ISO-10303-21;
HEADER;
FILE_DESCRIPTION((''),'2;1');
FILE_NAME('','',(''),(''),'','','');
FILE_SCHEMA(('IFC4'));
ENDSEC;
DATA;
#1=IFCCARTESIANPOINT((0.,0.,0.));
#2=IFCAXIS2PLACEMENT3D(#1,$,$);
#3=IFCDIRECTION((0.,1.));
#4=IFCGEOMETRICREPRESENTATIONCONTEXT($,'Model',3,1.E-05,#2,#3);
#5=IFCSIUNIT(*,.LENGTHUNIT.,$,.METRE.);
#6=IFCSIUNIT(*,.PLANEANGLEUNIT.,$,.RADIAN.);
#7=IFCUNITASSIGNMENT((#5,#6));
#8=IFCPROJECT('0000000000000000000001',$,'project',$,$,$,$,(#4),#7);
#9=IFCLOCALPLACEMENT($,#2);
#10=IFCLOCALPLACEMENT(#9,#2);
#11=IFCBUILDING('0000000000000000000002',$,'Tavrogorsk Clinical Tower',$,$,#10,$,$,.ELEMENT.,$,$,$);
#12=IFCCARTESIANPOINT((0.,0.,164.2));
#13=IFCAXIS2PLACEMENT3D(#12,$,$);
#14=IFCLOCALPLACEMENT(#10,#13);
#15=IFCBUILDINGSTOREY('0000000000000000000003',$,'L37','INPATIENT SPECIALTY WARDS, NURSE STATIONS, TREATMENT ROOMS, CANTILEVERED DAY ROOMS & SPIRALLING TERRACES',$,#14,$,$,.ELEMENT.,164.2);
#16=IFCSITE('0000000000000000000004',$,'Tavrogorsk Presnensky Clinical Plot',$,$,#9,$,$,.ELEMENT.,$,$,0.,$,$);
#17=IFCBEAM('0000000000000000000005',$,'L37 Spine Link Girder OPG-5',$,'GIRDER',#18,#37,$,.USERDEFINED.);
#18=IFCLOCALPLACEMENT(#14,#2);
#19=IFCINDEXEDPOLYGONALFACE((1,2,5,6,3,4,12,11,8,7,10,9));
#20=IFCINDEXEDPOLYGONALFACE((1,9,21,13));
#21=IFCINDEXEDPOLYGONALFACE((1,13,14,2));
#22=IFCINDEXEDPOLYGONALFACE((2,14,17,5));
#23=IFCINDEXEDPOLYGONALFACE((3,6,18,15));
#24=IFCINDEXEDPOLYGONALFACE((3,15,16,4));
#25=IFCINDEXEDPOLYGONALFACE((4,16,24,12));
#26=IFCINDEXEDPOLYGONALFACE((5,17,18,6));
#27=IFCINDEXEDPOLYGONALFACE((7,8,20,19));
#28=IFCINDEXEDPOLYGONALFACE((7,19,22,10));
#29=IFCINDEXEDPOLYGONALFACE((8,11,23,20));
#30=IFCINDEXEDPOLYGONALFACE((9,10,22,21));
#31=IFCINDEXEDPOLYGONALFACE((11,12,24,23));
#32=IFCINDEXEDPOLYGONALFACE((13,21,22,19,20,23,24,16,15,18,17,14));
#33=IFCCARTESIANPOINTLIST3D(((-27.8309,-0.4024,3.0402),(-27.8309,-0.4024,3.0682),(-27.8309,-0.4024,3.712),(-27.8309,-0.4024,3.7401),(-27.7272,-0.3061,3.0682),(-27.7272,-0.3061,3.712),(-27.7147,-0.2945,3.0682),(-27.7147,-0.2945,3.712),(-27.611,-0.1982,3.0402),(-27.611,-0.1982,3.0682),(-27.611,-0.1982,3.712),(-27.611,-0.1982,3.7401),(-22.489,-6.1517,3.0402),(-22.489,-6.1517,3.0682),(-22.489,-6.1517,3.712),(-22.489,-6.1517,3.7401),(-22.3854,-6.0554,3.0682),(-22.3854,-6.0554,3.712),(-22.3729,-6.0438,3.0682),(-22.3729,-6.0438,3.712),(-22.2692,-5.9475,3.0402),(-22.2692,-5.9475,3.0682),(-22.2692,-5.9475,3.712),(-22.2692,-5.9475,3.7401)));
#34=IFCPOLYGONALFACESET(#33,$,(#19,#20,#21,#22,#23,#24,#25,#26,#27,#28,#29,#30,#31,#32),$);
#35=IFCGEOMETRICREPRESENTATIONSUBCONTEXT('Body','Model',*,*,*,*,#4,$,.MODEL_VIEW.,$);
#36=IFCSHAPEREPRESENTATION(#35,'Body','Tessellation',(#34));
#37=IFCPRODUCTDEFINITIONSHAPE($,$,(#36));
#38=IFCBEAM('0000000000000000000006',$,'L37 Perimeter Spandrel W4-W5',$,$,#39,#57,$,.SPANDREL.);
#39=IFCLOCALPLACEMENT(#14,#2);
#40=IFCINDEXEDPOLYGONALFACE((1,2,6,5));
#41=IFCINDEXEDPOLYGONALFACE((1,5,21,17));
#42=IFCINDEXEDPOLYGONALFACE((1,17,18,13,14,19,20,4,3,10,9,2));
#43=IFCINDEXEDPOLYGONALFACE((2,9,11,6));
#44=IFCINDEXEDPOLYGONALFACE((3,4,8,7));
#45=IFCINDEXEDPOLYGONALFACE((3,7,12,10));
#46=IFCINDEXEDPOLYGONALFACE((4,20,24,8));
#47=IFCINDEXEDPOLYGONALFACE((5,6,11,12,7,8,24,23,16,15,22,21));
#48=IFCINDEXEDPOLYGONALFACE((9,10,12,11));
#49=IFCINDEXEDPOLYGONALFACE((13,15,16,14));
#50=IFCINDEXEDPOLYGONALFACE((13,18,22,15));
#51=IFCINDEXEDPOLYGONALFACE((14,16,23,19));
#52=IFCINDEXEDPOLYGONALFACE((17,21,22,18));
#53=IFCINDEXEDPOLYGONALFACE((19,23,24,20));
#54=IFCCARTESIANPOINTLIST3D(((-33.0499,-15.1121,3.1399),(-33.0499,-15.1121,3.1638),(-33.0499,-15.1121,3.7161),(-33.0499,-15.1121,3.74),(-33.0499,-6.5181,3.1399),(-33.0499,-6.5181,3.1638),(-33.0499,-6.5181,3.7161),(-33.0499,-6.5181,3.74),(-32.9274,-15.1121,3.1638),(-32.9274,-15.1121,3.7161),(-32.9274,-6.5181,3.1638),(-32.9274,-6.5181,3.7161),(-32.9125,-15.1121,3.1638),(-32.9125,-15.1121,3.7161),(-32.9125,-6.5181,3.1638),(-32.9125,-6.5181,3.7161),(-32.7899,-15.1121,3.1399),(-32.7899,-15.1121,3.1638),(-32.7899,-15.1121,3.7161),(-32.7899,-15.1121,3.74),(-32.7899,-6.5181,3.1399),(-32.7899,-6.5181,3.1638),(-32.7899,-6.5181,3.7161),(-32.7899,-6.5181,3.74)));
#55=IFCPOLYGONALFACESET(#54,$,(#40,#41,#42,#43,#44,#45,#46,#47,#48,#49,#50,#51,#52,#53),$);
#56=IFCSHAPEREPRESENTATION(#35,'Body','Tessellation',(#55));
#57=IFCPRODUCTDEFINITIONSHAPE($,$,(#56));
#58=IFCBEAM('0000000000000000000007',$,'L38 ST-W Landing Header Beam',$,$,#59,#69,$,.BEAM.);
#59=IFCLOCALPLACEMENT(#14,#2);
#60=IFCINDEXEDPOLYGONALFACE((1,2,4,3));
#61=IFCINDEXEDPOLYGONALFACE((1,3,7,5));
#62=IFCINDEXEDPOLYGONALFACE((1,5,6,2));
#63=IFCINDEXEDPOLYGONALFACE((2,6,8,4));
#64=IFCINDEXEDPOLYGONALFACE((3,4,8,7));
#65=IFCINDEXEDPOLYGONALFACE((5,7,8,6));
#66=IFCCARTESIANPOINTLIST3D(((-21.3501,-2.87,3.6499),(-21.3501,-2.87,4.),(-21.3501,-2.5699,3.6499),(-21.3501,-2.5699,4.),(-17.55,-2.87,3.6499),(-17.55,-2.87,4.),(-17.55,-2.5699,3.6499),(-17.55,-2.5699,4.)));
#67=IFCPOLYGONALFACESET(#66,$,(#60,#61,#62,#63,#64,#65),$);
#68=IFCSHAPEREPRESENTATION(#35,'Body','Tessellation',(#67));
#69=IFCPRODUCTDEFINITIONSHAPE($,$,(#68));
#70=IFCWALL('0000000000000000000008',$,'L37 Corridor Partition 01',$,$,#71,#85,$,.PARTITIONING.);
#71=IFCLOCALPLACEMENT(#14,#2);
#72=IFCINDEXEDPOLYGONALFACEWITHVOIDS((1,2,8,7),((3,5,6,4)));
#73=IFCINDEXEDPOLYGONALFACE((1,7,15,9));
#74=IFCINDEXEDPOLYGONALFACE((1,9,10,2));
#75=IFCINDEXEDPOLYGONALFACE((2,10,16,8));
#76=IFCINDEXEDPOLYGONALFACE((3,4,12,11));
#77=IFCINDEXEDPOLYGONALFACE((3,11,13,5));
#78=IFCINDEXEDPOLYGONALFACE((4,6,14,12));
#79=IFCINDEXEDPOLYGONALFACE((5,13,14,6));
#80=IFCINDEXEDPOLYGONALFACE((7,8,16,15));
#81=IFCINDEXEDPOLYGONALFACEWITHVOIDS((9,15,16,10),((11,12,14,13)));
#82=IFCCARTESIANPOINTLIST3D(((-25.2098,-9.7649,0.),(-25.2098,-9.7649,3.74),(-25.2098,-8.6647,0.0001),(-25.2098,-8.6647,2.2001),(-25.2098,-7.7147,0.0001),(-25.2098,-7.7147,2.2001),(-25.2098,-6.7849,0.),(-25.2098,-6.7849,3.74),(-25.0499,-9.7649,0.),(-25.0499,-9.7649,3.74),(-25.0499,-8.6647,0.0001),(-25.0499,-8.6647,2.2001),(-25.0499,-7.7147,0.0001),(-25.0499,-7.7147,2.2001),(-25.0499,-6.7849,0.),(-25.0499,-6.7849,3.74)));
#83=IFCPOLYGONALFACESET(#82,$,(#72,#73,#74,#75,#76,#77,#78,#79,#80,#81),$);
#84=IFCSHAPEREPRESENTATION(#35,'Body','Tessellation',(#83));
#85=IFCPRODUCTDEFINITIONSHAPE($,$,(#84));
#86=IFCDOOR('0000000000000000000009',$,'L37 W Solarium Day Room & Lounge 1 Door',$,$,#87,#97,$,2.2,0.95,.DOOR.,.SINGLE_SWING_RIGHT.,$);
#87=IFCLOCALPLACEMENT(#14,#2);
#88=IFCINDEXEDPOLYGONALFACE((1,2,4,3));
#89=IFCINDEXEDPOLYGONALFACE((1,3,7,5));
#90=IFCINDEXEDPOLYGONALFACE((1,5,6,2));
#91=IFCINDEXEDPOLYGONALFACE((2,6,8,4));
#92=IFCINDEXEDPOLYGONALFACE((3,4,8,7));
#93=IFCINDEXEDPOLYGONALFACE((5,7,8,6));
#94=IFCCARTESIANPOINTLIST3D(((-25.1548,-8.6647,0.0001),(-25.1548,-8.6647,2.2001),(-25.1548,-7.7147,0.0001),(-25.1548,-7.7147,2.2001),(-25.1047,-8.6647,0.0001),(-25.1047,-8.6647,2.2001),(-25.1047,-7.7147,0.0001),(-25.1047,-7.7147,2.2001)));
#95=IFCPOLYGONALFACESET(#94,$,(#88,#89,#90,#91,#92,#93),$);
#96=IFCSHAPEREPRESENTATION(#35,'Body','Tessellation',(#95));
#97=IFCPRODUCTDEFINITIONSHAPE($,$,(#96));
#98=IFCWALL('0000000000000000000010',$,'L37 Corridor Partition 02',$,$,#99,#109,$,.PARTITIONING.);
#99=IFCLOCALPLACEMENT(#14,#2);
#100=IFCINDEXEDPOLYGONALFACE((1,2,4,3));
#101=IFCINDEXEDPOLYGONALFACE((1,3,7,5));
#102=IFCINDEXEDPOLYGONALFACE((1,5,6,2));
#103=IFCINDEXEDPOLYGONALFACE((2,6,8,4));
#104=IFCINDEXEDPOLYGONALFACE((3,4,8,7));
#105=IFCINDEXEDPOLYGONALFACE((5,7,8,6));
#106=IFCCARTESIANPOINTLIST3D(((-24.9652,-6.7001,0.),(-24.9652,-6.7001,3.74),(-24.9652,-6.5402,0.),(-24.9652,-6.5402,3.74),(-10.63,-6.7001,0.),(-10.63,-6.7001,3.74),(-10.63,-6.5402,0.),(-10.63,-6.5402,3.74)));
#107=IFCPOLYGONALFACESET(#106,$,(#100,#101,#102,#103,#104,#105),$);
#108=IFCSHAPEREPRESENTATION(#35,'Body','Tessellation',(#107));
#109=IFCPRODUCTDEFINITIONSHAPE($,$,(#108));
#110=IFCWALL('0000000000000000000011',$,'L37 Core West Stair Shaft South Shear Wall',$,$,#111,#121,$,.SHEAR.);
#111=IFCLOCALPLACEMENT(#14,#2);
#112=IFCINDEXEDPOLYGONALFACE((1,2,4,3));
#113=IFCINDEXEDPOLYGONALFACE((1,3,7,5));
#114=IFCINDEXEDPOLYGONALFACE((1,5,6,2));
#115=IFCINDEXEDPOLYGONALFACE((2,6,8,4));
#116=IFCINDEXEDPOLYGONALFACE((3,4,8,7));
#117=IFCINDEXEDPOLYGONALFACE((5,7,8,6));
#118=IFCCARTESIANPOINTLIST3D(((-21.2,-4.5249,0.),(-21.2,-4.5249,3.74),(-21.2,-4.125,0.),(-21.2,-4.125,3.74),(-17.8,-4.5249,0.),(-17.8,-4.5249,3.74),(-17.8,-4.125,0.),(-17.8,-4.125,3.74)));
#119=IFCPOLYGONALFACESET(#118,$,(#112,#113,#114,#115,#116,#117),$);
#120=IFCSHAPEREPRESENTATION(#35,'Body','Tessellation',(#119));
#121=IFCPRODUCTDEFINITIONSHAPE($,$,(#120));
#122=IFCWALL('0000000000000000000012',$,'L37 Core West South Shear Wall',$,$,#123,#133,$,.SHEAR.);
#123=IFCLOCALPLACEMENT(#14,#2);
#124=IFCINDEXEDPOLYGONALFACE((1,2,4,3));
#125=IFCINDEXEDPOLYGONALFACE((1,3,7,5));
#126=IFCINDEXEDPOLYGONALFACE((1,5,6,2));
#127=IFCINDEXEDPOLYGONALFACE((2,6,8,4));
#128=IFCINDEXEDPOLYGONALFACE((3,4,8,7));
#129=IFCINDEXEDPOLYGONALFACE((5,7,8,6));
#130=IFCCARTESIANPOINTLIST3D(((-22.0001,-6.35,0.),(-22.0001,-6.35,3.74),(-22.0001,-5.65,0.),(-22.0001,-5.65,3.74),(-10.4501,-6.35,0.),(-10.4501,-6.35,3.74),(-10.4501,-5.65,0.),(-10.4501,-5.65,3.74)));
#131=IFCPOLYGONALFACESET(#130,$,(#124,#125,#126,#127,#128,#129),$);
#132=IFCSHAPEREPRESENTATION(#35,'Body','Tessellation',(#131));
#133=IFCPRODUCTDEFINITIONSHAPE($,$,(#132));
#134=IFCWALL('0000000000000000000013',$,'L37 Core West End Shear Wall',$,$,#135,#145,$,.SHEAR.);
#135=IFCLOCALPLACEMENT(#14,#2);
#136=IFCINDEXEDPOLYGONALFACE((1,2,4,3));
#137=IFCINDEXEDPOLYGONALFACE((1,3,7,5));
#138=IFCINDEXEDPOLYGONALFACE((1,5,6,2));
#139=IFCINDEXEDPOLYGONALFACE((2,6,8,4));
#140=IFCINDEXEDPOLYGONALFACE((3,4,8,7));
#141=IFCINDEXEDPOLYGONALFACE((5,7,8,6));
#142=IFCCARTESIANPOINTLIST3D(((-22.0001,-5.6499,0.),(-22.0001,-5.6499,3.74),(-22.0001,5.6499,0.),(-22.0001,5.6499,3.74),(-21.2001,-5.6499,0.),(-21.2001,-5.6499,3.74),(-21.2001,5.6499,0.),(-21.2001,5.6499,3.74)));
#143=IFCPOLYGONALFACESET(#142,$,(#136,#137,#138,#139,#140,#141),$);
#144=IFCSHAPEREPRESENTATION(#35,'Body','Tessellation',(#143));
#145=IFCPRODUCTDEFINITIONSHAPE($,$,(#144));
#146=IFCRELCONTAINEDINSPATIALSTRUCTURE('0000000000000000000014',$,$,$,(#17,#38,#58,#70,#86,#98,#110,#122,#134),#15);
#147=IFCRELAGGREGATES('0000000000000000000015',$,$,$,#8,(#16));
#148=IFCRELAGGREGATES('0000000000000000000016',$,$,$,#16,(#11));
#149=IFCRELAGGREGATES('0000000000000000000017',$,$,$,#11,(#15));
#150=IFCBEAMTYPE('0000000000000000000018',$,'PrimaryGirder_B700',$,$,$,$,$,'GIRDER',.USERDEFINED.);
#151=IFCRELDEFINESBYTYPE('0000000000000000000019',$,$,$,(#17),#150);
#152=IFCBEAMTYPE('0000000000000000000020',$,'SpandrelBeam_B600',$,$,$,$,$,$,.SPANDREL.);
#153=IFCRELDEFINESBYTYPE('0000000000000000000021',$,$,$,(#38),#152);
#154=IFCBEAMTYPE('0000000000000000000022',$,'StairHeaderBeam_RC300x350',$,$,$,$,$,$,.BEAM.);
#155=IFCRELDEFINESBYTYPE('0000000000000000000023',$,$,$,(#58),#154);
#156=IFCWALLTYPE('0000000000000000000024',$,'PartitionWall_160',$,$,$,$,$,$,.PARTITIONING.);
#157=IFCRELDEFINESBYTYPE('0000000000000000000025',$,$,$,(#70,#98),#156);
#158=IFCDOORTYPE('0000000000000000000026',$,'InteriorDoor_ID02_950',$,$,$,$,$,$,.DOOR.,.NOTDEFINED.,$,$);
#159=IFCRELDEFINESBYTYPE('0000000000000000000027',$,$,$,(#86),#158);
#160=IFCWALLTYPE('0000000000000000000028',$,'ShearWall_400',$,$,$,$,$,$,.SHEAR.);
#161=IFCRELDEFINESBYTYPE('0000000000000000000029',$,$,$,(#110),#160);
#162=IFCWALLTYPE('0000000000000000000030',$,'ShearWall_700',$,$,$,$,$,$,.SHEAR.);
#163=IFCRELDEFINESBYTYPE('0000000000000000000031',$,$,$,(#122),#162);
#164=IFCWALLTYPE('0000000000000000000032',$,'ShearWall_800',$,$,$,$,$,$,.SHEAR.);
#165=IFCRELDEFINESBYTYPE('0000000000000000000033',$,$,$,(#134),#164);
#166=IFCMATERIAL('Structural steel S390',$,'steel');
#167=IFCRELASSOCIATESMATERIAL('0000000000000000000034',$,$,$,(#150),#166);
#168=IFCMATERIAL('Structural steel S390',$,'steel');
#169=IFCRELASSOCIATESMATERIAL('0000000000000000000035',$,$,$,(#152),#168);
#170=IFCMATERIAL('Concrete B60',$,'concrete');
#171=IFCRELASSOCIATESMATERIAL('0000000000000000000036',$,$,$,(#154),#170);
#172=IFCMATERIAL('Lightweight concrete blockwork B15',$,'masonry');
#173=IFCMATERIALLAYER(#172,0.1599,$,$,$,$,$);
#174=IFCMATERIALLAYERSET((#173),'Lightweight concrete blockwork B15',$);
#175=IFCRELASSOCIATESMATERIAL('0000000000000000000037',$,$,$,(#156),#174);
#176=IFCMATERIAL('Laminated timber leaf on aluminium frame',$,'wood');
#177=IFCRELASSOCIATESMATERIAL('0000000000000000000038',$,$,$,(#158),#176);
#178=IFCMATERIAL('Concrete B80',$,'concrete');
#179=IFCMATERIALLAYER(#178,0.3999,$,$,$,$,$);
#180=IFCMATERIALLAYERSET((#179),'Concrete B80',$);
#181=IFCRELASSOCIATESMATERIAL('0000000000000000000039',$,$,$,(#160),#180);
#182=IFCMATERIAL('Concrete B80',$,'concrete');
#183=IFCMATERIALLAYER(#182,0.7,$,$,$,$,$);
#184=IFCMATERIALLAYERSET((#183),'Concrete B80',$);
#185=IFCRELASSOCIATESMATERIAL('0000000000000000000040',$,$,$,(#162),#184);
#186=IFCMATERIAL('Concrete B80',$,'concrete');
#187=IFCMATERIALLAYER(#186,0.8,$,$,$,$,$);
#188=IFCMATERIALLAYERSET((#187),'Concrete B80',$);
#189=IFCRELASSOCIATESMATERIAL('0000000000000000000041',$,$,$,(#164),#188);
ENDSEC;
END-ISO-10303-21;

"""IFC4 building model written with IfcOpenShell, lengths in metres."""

from ifc_helpers import new_model, si_unit, direction, frame, frame_2d, origin, origin_2d, place, context, subcontext, project, spatial, rectangle, i_section, extrude, material, layer, layer_set, material_profile, profile_set, type_object, element, fill, save


model = new_model("IFC4")

# Units and contexts
model_context = context("Model", 3, precision=1e-05, world=origin(), true_north=direction((0.0, 1.0)))
body_context = subcontext(model_context, "Body", "Model", "MODEL_VIEW")
ifc_project = project(units=[si_unit("LENGTHUNIT", "METRE"), si_unit("PLANEANGLEUNIT", "RADIAN")], contexts=[model_context])

# Site, building, storey
site_placement = place(None, origin())
site = spatial("IfcSite", under=ifc_project, at=site_placement, Name="Tavrogorsk Presnensky Clinical Plot", CompositionType="ELEMENT", RefElevation=0.0)
building_placement = place(site_placement, origin())
building = spatial("IfcBuilding", under=site, at=building_placement, Name="Tavrogorsk Clinical Tower", CompositionType="ELEMENT")
storey_placement = place(building_placement, frame((0.0, 0.0, 164.2)))
storey = spatial("IfcBuildingStorey", under=building, at=storey_placement, Name="L37", Description="INPATIENT SPECIALTY WARDS, NURSE STATIONS, TREATMENT ROOMS, CANTILEVERED DAY ROOMS & SPIRALLING TERRACES", CompositionType="ELEMENT", Elevation=164.2)

# Beams
ifc_material_1 = material(Name="Structural steel S390", Category="steel")
ifc_material_profile_1 = material_profile(ifc_material_1, i_section(OverallWidth=0.3, OverallDepth=0.7, WebThickness=0.0171, FlangeThickness=0.0281, at=origin_2d()), Name="B-700x300x17x28")
ifc_profile_set_1 = profile_set([ifc_material_profile_1], Name="Structural steel S390")
beam_type_1 = type_object("IfcBeamType", Name="PrimaryGirder_B700", ElementType="GIRDER", PredefinedType="USERDEFINED", material=ifc_profile_set_1)
beam_1_placement = place(storey_placement, frame((-27.7209, -0.3003, 3.3901), z_axis=(0.680669, -0.732591, 0.0), x_axis=(0.732591, 0.680669, 0.0)))
element("IfcBeam", 1, at=beam_1_placement, inside=storey, type_object=beam_type_1, Name="L37 Spine Link Girder OPG-5", ObjectType="GIRDER", PredefinedType="USERDEFINED", context=body_context, shape_type="SweptSolid", body=[
    extrude(i_section(OverallWidth=0.3, OverallDepth=0.7, WebThickness=0.0171, FlangeThickness=0.0281, at=origin_2d()), origin(), (0.0, 0.0, 1.0), 7.8479),
])
ifc_material_2 = material(Name="Structural steel S390", Category="steel")
ifc_material_profile_2 = material_profile(ifc_material_2, i_section(OverallWidth=0.26, OverallDepth=0.6001, WebThickness=0.0149, FlangeThickness=0.0239, at=origin_2d()), Name="B-600x260x15x24")
ifc_profile_set_2 = profile_set([ifc_material_profile_2], Name="Structural steel S390")
beam_type_2 = type_object("IfcBeamType", Name="SpandrelBeam_B600", PredefinedType="SPANDREL", material=ifc_profile_set_2)
beam_2_placement = place(storey_placement, frame((-32.9199, -6.5181, 3.4399), z_axis=(0.0, -1.0, 0.0), x_axis=(1.0, 0.0, 0.0)))
element("IfcBeam", 2, at=beam_2_placement, inside=storey, type_object=beam_type_2, Name="L37 Perimeter Spandrel W4-W5", PredefinedType="SPANDREL", context=body_context, shape_type="SweptSolid", body=[
    extrude(i_section(OverallWidth=0.26, OverallDepth=0.6001, WebThickness=0.0149, FlangeThickness=0.0239, at=origin_2d()), origin(), (0.0, 0.0, 1.0), 8.594),
])
ifc_material_3 = material(Name="Concrete B60", Category="concrete")
ifc_material_profile_3 = material_profile(ifc_material_3, rectangle(XDim=0.3, YDim=0.3501, at=origin_2d()), Name="RC-SHB-300x350")
ifc_profile_set_3 = profile_set([ifc_material_profile_3], Name="Concrete B60")
beam_type_3 = type_object("IfcBeamType", Name="StairHeaderBeam_RC300x350", PredefinedType="BEAM", material=ifc_profile_set_3)
beam_3_placement = place(storey_placement, frame((-21.3501, -2.72, 3.825), z_axis=(1.0, 0.0, 0.0), x_axis=(0.0, 1.0, 0.0)))
element("IfcBeam", 3, at=beam_3_placement, inside=storey, type_object=beam_type_3, Name="L38 ST-W Landing Header Beam", PredefinedType="BEAM", context=body_context, shape_type="SweptSolid", body=[
    extrude(rectangle(XDim=0.3, YDim=0.3501, at=origin_2d()), origin(), (0.0, 0.0, 1.0), 3.8),
])

# Wall, opening, door
ifc_material_4 = material(Name="Lightweight concrete blockwork B15", Category="masonry")
ifc_layer_1 = layer(ifc_material_4, 0.1599)
ifc_layer_set_1 = layer_set([ifc_layer_1], Name="Lightweight concrete blockwork B15")
wall_type_1 = type_object("IfcWallType", Name="PartitionWall_160", PredefinedType="PARTITIONING", material=ifc_layer_set_1)
wall_1_placement = place(storey_placement, frame((-25.1299, -9.7649, 0.0), z_axis=(0.0, 0.0, 1.0), x_axis=(0.0, 1.0, 0.0)))
wall_1 = element("IfcWall", 4, at=wall_1_placement, inside=storey, type_object=wall_type_1, Name="L37 Corridor Partition 01", PredefinedType="PARTITIONING", context=body_context, shape_type="SweptSolid", body=[
    extrude(rectangle(XDim=2.98, YDim=0.1599, at=frame_2d((1.49, 0.0))), origin(), (0.0, 0.0, 1.0), 3.74),
])
opening_placement = place(wall_1_placement, frame((1.1001, 0.0, 0.0)))
opening = element("IfcOpeningElement", 5, at=opening_placement, cuts=wall_1, PredefinedType="OPENING", context=body_context, shape_type="SweptSolid", body=[
    extrude(rectangle(XDim=0.95, YDim=2.2, at=frame_2d((0.4751, 1.1001))), frame((0.0, 0.0898, 0.0), z_axis=(0.0, -1.0, 0.0), x_axis=(1.0, 0.0, 0.0)), (0.0, 0.0, 1.0), 0.1799),
])
ifc_material_5 = material(Name="Laminated timber leaf on aluminium frame", Category="wood")
door_type = type_object("IfcDoorType", Name="InteriorDoor_ID02_950", OperationType="NOTDEFINED", PredefinedType="DOOR", material=ifc_material_5)
door_placement = place(opening_placement, origin())
door = element("IfcDoor", 6, at=door_placement, inside=storey, type_object=door_type, Name="L37 W Solarium Day Room & Lounge 1 Door", OperationType="SINGLE_SWING_RIGHT", OverallHeight=2.2, OverallWidth=0.95, PredefinedType="DOOR", context=body_context, shape_type="SweptSolid", body=[
    extrude(rectangle(XDim=0.95, YDim=2.2, at=frame_2d((0.4751, 1.1001))), frame((0.0, 0.0249, 0.0), z_axis=(0.0, -1.0, 0.0), x_axis=(1.0, 0.0, 0.0)), (0.0, 0.0, 1.0), 0.05),
])
fill(opening, door)

# Walls
wall_2_placement = place(storey_placement, frame((-24.9651, -6.6201, 0.0), z_axis=(0.0, 0.0, 1.0), x_axis=(1.0, 0.0, 0.0)))
element("IfcWall", 7, at=wall_2_placement, inside=storey, type_object=wall_type_1, Name="L37 Corridor Partition 02", PredefinedType="PARTITIONING", context=body_context, shape_type="SweptSolid", body=[
    extrude(rectangle(XDim=14.3352, YDim=0.1599, at=frame_2d((7.1675, 0.0))), origin(), (0.0, 0.0, 1.0), 3.74),
])
ifc_material_6 = material(Name="Concrete B80", Category="concrete")
ifc_layer_2 = layer(ifc_material_6, 0.3999)
ifc_layer_set_2 = layer_set([ifc_layer_2], Name="Concrete B80")
wall_type_2 = type_object("IfcWallType", Name="ShearWall_400", PredefinedType="SHEAR", material=ifc_layer_set_2)
wall_3_placement = place(storey_placement, frame((-21.2, -4.325, 0.0), z_axis=(0.0, 0.0, 1.0), x_axis=(1.0, 0.0, 0.0)))
element("IfcWall", 8, at=wall_3_placement, inside=storey, type_object=wall_type_2, Name="L37 Core West Stair Shaft South Shear Wall", PredefinedType="SHEAR", context=body_context, shape_type="SweptSolid", body=[
    extrude(rectangle(XDim=3.3999, YDim=0.3999, at=frame_2d((1.7, 0.0))), origin(), (0.0, 0.0, 1.0), 3.74),
])
ifc_material_7 = material(Name="Concrete B80", Category="concrete")
ifc_layer_3 = layer(ifc_material_7, 0.7)
ifc_layer_set_3 = layer_set([ifc_layer_3], Name="Concrete B80")
wall_type_3 = type_object("IfcWallType", Name="ShearWall_700", PredefinedType="SHEAR", material=ifc_layer_set_3)
wall_4_placement = place(storey_placement, frame((-22.0, -6.0, 0.0), z_axis=(0.0, 0.0, 1.0), x_axis=(1.0, 0.0, 0.0)))
element("IfcWall", 9, at=wall_4_placement, inside=storey, type_object=wall_type_3, Name="L37 Core West South Shear Wall", PredefinedType="SHEAR", context=body_context, shape_type="SweptSolid", body=[
    extrude(rectangle(XDim=11.55, YDim=0.7, at=frame_2d((5.7749, 0.0))), origin(), (0.0, 0.0, 1.0), 3.74),
])
ifc_material_8 = material(Name="Concrete B80", Category="concrete")
ifc_layer_4 = layer(ifc_material_8, 0.8)
ifc_layer_set_4 = layer_set([ifc_layer_4], Name="Concrete B80")
wall_type_4 = type_object("IfcWallType", Name="ShearWall_800", PredefinedType="SHEAR", material=ifc_layer_set_4)
wall_5_placement = place(storey_placement, frame((-21.6001, -5.6499, 0.0), z_axis=(0.0, 0.0, 1.0), x_axis=(0.0, 1.0, 0.0)))
element("IfcWall", 10, at=wall_5_placement, inside=storey, type_object=wall_type_4, Name="L37 Core West End Shear Wall", PredefinedType="SHEAR", context=body_context, shape_type="SweptSolid", body=[
    extrude(rectangle(XDim=11.2998, YDim=0.8, at=frame_2d((5.6499, 0.0))), origin(), (0.0, 0.0, 1.0), 3.74),
])

save(model, "model.ifc")
